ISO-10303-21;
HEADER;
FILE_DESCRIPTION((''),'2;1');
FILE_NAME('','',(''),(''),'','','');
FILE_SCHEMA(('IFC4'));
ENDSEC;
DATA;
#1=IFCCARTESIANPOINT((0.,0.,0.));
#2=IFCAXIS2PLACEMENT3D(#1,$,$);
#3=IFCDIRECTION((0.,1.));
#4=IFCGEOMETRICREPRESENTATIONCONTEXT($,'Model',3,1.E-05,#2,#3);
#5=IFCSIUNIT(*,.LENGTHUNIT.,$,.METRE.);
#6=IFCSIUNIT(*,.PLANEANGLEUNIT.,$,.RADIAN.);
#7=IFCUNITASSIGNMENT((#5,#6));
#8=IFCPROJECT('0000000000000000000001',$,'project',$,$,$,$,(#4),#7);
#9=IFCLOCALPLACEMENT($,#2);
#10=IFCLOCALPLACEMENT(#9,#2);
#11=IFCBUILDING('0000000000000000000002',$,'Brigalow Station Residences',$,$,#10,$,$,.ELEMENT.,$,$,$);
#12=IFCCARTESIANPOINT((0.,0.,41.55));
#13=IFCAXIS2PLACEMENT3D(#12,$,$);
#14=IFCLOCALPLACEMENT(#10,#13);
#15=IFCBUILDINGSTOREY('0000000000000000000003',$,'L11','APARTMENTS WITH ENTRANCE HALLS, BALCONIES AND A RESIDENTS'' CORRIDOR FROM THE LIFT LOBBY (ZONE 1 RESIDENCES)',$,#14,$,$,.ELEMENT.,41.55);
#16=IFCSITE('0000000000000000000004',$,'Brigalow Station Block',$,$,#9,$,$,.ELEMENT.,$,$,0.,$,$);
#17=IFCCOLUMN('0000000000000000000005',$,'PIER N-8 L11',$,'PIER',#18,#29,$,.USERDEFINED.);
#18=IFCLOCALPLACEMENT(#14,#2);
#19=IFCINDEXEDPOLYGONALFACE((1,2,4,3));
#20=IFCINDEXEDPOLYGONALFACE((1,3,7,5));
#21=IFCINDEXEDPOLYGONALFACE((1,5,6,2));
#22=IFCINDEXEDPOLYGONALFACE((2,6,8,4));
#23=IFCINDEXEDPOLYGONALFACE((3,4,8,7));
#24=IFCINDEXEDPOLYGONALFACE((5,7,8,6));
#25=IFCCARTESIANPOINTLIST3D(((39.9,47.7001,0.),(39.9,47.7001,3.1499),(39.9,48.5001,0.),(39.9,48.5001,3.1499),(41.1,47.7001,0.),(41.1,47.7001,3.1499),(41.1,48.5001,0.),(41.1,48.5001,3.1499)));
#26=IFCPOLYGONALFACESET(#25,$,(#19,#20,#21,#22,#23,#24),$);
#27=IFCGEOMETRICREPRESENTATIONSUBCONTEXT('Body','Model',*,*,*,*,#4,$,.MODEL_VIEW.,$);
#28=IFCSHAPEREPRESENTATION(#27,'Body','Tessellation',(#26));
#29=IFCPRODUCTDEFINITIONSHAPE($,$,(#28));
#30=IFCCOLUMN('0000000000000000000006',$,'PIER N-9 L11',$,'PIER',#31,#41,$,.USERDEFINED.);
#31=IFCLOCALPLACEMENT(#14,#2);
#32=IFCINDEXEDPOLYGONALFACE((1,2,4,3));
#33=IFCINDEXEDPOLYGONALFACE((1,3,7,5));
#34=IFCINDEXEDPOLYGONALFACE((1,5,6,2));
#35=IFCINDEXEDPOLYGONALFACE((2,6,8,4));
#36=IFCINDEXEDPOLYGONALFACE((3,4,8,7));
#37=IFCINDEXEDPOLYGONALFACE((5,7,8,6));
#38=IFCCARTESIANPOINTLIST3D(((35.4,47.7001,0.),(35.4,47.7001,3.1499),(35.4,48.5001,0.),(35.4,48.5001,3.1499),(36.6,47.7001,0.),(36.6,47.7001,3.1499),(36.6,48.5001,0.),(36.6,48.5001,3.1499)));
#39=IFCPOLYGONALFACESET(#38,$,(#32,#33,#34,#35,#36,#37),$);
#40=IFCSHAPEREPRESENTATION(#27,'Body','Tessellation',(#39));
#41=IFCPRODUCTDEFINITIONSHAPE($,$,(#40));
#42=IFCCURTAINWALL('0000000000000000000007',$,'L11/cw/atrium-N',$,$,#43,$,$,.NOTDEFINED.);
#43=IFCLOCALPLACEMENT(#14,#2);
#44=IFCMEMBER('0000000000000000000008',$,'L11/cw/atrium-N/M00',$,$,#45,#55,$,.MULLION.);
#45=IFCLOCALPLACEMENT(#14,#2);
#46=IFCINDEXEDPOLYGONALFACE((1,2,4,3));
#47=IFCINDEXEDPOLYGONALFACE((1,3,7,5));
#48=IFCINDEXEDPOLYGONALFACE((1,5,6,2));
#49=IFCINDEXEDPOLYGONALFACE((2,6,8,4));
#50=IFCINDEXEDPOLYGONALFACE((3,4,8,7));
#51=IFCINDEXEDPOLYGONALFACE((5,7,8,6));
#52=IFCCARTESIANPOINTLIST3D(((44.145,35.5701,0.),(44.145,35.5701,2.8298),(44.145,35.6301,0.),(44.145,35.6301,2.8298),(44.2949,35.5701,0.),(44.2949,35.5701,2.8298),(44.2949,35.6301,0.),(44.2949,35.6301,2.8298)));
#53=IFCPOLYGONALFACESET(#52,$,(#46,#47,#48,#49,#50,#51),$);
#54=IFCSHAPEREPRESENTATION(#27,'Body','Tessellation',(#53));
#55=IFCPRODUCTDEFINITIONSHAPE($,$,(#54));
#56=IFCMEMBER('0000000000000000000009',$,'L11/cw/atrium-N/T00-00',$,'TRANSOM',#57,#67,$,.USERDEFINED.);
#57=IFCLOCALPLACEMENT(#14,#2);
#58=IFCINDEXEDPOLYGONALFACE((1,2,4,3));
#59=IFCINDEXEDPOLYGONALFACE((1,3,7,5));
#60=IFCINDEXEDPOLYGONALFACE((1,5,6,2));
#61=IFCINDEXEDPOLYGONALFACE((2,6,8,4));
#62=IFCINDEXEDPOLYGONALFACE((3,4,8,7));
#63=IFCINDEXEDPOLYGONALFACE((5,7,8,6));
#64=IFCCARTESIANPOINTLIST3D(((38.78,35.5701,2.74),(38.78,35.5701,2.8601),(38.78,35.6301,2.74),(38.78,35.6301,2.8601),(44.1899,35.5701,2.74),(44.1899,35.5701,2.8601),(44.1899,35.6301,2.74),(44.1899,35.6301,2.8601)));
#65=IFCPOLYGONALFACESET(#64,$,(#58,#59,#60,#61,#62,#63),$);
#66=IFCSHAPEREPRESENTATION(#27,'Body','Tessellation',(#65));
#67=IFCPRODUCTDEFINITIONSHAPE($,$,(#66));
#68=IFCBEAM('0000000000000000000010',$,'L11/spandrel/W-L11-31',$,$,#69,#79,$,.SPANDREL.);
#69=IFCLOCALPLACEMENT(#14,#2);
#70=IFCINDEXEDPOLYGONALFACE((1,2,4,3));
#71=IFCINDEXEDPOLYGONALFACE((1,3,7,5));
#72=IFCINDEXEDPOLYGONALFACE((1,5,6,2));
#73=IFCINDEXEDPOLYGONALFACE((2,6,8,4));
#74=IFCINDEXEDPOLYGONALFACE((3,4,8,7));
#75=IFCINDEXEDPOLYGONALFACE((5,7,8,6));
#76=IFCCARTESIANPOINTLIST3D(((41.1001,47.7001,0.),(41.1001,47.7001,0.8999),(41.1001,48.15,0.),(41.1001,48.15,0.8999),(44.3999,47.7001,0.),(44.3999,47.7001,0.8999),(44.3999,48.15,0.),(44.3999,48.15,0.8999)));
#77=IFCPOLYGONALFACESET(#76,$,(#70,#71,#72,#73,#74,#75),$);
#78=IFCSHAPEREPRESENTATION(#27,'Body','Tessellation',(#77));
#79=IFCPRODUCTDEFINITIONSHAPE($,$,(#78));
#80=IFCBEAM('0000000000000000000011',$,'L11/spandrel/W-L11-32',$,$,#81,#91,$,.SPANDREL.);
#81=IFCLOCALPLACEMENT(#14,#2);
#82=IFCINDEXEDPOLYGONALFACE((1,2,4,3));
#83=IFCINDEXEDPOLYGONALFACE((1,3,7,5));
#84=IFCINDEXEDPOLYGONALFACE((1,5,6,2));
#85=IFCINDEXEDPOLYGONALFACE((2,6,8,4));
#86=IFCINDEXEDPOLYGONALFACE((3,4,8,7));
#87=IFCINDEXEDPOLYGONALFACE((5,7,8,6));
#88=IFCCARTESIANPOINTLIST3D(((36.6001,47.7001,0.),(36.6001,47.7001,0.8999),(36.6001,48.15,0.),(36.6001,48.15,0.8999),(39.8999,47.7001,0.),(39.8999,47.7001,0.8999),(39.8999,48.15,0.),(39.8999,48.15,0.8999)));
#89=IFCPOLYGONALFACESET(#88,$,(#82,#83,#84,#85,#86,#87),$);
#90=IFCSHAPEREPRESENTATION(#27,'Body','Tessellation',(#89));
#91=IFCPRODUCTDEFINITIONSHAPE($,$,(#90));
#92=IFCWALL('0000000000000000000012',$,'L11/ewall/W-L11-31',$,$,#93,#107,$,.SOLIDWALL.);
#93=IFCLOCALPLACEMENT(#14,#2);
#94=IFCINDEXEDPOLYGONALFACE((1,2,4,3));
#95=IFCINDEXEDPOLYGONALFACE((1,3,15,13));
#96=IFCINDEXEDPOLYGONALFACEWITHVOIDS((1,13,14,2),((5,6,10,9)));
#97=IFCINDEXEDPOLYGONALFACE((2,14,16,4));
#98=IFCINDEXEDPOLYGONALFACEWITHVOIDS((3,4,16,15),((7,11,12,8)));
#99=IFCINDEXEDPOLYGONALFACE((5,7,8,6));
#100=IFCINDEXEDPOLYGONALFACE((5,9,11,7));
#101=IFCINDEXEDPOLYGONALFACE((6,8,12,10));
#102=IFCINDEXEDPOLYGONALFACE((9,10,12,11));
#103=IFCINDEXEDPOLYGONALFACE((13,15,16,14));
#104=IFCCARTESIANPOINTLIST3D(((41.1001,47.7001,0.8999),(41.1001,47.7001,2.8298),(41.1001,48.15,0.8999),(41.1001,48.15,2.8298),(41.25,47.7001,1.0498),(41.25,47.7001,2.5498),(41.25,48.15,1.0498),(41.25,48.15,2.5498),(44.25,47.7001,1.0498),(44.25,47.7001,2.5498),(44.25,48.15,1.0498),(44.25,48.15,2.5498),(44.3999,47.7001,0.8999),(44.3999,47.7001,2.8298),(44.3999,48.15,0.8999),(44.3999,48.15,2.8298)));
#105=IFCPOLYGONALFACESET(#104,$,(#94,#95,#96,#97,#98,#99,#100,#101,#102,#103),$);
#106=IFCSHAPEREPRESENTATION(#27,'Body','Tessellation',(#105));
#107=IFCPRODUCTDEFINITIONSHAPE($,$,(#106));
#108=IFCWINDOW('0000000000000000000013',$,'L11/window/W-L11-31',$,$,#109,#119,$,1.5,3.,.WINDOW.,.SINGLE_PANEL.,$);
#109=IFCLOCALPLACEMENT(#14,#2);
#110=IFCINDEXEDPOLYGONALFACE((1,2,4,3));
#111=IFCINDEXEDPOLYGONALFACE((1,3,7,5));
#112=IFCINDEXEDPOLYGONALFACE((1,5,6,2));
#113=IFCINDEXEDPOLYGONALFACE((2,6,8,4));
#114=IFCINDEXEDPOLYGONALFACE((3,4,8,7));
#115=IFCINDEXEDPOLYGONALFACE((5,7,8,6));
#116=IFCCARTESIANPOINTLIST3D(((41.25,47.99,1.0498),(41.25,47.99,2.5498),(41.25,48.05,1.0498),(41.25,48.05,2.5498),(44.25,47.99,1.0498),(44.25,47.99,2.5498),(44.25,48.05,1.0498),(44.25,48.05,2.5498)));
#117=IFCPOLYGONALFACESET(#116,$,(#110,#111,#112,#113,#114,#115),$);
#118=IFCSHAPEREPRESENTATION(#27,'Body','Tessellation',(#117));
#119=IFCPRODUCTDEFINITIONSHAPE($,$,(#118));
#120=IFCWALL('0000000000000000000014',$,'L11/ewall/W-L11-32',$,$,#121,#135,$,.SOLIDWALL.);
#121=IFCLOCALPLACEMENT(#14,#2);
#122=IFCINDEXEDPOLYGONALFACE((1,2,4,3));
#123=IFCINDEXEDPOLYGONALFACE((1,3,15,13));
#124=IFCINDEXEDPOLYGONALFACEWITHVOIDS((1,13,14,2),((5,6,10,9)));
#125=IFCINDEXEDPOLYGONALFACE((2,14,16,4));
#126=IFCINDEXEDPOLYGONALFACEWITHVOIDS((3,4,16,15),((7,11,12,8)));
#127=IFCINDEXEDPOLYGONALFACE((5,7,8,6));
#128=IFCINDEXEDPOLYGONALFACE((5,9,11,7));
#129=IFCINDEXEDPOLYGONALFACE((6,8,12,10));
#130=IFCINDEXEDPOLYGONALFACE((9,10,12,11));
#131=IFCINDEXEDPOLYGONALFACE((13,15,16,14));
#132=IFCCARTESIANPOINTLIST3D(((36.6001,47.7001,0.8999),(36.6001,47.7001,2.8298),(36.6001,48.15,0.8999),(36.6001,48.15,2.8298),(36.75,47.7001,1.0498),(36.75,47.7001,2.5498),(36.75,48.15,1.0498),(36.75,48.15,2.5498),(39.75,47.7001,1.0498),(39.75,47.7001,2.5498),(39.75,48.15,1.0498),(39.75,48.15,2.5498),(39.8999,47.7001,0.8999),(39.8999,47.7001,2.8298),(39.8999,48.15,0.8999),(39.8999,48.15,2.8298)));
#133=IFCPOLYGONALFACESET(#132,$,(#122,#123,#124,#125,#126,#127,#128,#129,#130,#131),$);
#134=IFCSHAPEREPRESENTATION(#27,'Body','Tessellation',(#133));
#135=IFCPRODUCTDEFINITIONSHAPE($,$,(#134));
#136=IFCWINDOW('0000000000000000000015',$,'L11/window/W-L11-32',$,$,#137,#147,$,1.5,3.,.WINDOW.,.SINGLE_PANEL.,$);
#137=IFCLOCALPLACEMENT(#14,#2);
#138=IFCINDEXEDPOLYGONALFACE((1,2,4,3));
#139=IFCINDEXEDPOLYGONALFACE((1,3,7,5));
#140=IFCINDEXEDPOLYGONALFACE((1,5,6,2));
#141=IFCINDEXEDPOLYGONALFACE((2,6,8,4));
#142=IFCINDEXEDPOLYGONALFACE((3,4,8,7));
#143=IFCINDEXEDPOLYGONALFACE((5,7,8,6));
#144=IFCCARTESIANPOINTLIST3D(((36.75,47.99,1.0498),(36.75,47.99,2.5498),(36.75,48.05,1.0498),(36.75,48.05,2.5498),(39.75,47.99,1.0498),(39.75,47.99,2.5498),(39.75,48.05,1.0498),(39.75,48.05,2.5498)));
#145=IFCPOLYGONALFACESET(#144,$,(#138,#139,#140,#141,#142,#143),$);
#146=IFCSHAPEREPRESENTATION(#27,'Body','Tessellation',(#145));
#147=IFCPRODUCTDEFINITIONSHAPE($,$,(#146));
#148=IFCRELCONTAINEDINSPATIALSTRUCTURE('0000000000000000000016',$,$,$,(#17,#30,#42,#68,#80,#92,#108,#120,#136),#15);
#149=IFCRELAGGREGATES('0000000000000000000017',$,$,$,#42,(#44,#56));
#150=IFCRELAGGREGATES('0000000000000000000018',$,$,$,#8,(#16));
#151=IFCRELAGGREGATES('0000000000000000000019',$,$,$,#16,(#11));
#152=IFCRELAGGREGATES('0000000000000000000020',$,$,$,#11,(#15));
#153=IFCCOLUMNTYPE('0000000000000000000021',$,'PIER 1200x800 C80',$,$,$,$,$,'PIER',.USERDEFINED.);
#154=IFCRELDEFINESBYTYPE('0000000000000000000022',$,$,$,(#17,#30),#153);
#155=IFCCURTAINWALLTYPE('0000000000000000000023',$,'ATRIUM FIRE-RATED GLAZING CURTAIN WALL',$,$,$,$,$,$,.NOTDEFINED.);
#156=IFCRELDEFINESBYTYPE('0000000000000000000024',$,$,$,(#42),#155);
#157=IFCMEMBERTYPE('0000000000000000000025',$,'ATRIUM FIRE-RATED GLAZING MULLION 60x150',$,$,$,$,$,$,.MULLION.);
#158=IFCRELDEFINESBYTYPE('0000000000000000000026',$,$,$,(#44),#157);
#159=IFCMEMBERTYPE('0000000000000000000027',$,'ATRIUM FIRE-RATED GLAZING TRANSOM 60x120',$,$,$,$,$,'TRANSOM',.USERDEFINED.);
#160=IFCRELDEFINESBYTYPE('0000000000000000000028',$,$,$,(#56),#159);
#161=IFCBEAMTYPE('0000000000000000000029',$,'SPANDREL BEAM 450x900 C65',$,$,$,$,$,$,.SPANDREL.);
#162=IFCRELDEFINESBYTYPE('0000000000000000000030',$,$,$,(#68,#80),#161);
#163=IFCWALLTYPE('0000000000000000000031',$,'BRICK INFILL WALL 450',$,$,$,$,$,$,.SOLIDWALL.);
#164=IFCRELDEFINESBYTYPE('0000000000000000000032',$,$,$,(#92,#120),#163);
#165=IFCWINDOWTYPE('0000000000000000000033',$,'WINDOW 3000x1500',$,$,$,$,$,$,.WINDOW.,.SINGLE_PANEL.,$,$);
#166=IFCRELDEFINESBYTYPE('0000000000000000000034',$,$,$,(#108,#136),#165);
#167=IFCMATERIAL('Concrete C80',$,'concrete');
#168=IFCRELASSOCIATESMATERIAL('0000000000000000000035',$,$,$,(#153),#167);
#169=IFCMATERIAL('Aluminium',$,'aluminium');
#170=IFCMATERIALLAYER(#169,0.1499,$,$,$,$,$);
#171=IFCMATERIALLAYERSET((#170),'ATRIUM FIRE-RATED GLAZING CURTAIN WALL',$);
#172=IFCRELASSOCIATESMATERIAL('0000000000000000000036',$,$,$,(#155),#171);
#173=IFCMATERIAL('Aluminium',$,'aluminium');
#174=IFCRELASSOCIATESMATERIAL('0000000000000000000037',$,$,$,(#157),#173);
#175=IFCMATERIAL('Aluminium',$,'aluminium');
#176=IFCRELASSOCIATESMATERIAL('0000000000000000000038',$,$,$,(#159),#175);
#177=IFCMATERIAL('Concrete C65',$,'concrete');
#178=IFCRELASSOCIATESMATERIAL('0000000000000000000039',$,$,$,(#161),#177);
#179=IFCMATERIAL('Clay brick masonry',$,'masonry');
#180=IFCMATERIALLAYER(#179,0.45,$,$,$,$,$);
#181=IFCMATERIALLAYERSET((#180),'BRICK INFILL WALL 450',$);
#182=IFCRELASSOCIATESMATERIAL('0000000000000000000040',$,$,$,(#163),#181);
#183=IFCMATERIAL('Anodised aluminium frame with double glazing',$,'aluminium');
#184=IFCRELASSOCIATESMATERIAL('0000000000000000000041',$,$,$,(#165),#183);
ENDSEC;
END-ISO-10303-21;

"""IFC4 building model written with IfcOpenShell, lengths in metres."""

from ifc_helpers import new_model, si_unit, direction, frame, frame_2d, origin, origin_2d, place, context, subcontext, project, spatial, rectangle, extrude, material, layer, layer_set, material_profile, profile_set, type_object, element, fill, aggregate, save


model = new_model("IFC4")

# Units and contexts
model_context = context("Model", 3, precision=1e-05, world=origin(), true_north=direction((0.0, 1.0)))
body_context = subcontext(model_context, "Body", "Model", "MODEL_VIEW")
ifc_project = project(units=[si_unit("LENGTHUNIT", "METRE"), si_unit("PLANEANGLEUNIT", "RADIAN")], contexts=[model_context])

# Site, building, storey
site_placement = place(None, origin())
site = spatial("IfcSite", under=ifc_project, at=site_placement, Name="Brigalow Station Block", CompositionType="ELEMENT", RefElevation=0.0)
building_placement = place(site_placement, origin())
building = spatial("IfcBuilding", under=site, at=building_placement, Name="Brigalow Station Residences", CompositionType="ELEMENT")
storey_placement = place(building_placement, frame((0.0, 0.0, 41.55)))
storey = spatial("IfcBuildingStorey", under=building, at=storey_placement, Name="L11", Description="APARTMENTS WITH ENTRANCE HALLS, BALCONIES AND A RESIDENTS' CORRIDOR FROM THE LIFT LOBBY (ZONE 1 RESIDENCES)", CompositionType="ELEMENT", Elevation=41.55)

# Columns
ifc_material_1 = material(Name="Concrete C80", Category="concrete")
ifc_material_profile_1 = material_profile(ifc_material_1, rectangle(XDim=1.2, YDim=0.8, at=origin_2d()), Name="RC1200x800")
ifc_profile_set_1 = profile_set([ifc_material_profile_1], Name="Concrete C80")
column_type = type_object("IfcColumnType", Name="PIER 1200x800 C80", ElementType="PIER", PredefinedType="USERDEFINED", material=ifc_profile_set_1)
for number, where, z_axis, x_axis, name in (
    (1, (40.5, 48.1001, 0.0), (0.0, 0.0, 1.0), (-1.0, 0.0, 0.0), "PIER N-8 L11"),
    (2, (36.0, 48.1001, 0.0), (0.0, 0.0, 1.0), (-1.0, 0.0, 0.0), "PIER N-9 L11"),
):
    element("IfcColumn", number, at=place(storey_placement, frame(where, z_axis=z_axis, x_axis=x_axis)), inside=storey, type_object=column_type, Name=name, ObjectType="PIER", PredefinedType="USERDEFINED", context=body_context, shape_type="SweptSolid", body=[
        extrude(rectangle(XDim=1.2, YDim=0.8, at=origin_2d()), origin(), (0.0, 0.0, 1.0), 3.1499),
    ])

# Curtain wall, members
ifc_material_2 = material(Name="Aluminium", Category="aluminium")
ifc_layer_1 = layer(ifc_material_2, 0.1499)
ifc_layer_set_1 = layer_set([ifc_layer_1], Name="ATRIUM FIRE-RATED GLAZING CURTAIN WALL")
curtain_wall_type = type_object("IfcCurtainWallType", Name="ATRIUM FIRE-RATED GLAZING CURTAIN WALL", PredefinedType="NOTDEFINED", material=ifc_layer_set_1)
curtain_wall_placement = place(storey_placement, origin())
curtain_wall = element("IfcCurtainWall", 3, at=curtain_wall_placement, inside=storey, type_object=curtain_wall_type, Name="L11/cw/atrium-N", PredefinedType="NOTDEFINED")
ifc_material_3 = material(Name="Aluminium", Category="aluminium")
ifc_material_profile_2 = material_profile(ifc_material_3, rectangle(XDim=0.0601, YDim=0.1499, at=origin_2d()), Name="ATRIUM FIRE-RATED GLAZING MULLION 60x150")
ifc_profile_set_2 = profile_set([ifc_material_profile_2], Name="Aluminium")
member_type_1 = type_object("IfcMemberType", Name="ATRIUM FIRE-RATED GLAZING MULLION 60x150", PredefinedType="MULLION", material=ifc_profile_set_2)
member_1_placement = place(storey_placement, frame((44.22, 35.6001, 0.0), z_axis=(0.0, 0.0, 1.0), x_axis=(0.0, -1.0, 0.0)))
member_1 = element("IfcMember", 4, at=member_1_placement, type_object=member_type_1, Name="L11/cw/atrium-N/M00", PredefinedType="MULLION", context=body_context, shape_type="SweptSolid", body=[
    extrude(rectangle(XDim=0.0601, YDim=0.1499, at=origin_2d()), origin(), (0.0, 0.0, 1.0), 2.8298),
])
ifc_material_4 = material(Name="Aluminium", Category="aluminium")
ifc_material_profile_3 = material_profile(ifc_material_4, rectangle(XDim=0.0601, YDim=0.1201, at=origin_2d()), Name="ATRIUM FIRE-RATED GLAZING TRANSOM 60x120")
ifc_profile_set_3 = profile_set([ifc_material_profile_3], Name="Aluminium")
member_type_2 = type_object("IfcMemberType", Name="ATRIUM FIRE-RATED GLAZING TRANSOM 60x120", ElementType="TRANSOM", PredefinedType="USERDEFINED", material=ifc_profile_set_3)
member_2_placement = place(storey_placement, frame((44.1899, 35.6001, 2.8), z_axis=(-1.0, 0.0, 0.0), x_axis=(0.0, -1.0, 0.0)))
member_2 = element("IfcMember", 5, at=member_2_placement, type_object=member_type_2, Name="L11/cw/atrium-N/T00-00", ObjectType="TRANSOM", PredefinedType="USERDEFINED", context=body_context, shape_type="SweptSolid", body=[
    extrude(rectangle(XDim=0.0601, YDim=0.1201, at=origin_2d()), origin(), (0.0, 0.0, 1.0), 5.4099),
])
aggregate(curtain_wall, [member_1, member_2])

# Beams
ifc_material_5 = material(Name="Concrete C65", Category="concrete")
ifc_material_profile_4 = material_profile(ifc_material_5, rectangle(XDim=0.45, YDim=0.8999, at=origin_2d()), Name="RC450x900")
ifc_profile_set_4 = profile_set([ifc_material_profile_4], Name="Concrete C65")
beam_type = type_object("IfcBeamType", Name="SPANDREL BEAM 450x900 C65", PredefinedType="SPANDREL", material=ifc_profile_set_4)
for number, where, z_axis, x_axis, name in (
    (6, (44.3999, 47.925, 0.45), (-1.0, 0.0, 0.0), (0.0, -1.0, 0.0), "L11/spandrel/W-L11-31"),
    (7, (39.8999, 47.925, 0.45), (-1.0, 0.0, 0.0), (0.0, -1.0, 0.0), "L11/spandrel/W-L11-32"),
):
    element("IfcBeam", number, at=place(storey_placement, frame(where, z_axis=z_axis, x_axis=x_axis)), inside=storey, type_object=beam_type, Name=name, PredefinedType="SPANDREL", context=body_context, shape_type="SweptSolid", body=[
        extrude(rectangle(XDim=0.45, YDim=0.8999, at=origin_2d()), origin(), (0.0, 0.0, 1.0), 3.2998),
    ])

# Walls, openings, windows
ifc_material_6 = material(Name="Clay brick masonry", Category="masonry")
ifc_layer_2 = layer(ifc_material_6, 0.45)
ifc_layer_set_2 = layer_set([ifc_layer_2], Name="BRICK INFILL WALL 450")
wall_type_1 = type_object("IfcWallType", Name="BRICK INFILL WALL 450", PredefinedType="SOLIDWALL", material=ifc_layer_set_2)
wall_1_placement = place(storey_placement, frame((44.3999, 47.925, 0.8999), z_axis=(0.0, 0.0, 1.0), x_axis=(-1.0, 0.0, 0.0)))
wall_1 = element("IfcWall", 8, at=wall_1_placement, inside=storey, type_object=wall_type_1, Name="L11/ewall/W-L11-31", PredefinedType="SOLIDWALL", context=body_context, shape_type="SweptSolid", body=[
    extrude(rectangle(XDim=3.2998, YDim=0.45, at=frame_2d((1.6499, 0.0))), origin(), (0.0, 0.0, 1.0), 1.9299),
])
opening_1_placement = place(wall_1_placement, frame((0.1499, 0.0, 0.1499)))
opening_1 = element("IfcOpeningElement", 9, at=opening_1_placement, cuts=wall_1, PredefinedType="OPENING", context=body_context, shape_type="SweptSolid", body=[
    extrude(rectangle(XDim=3.0, YDim=1.5, at=frame_2d((1.5, 0.75))), frame((0.0, 0.2349, 0.0), z_axis=(0.0, -1.0, 0.0), x_axis=(1.0, 0.0, 0.0)), (0.0, 0.0, 1.0), 0.47),
])
ifc_material_7 = material(Name="Anodised aluminium frame with double glazing", Category="aluminium")
window_type = type_object("IfcWindowType", Name="WINDOW 3000x1500", PartitioningType="SINGLE_PANEL", PredefinedType="WINDOW", material=ifc_material_7)
window_1_placement = place(opening_1_placement, origin())
window_1 = element("IfcWindow", 10, at=window_1_placement, inside=storey, type_object=window_type, Name="L11/window/W-L11-31", OverallHeight=1.5, OverallWidth=3.0, PartitioningType="SINGLE_PANEL", PredefinedType="WINDOW", context=body_context, shape_type="SweptSolid", body=[
    extrude(rectangle(XDim=3.0, YDim=1.5, at=frame_2d((1.5, 0.75))), frame((0.0, -0.0649, 0.0), z_axis=(0.0, -1.0, 0.0), x_axis=(1.0, 0.0, 0.0)), (0.0, 0.0, 1.0), 0.0601),
])
fill(opening_1, window_1)
wall_2_placement = place(storey_placement, frame((39.8999, 47.925, 0.8999), z_axis=(0.0, 0.0, 1.0), x_axis=(-1.0, 0.0, 0.0)))
wall_2 = element("IfcWall", 11, at=wall_2_placement, inside=storey, type_object=wall_type_1, Name="L11/ewall/W-L11-32", PredefinedType="SOLIDWALL", context=body_context, shape_type="SweptSolid", body=[
    extrude(rectangle(XDim=3.2998, YDim=0.45, at=frame_2d((1.6499, 0.0))), origin(), (0.0, 0.0, 1.0), 1.9299),
])
opening_2_placement = place(wall_2_placement, frame((0.1499, 0.0, 0.1499)))
opening_2 = element("IfcOpeningElement", 12, at=opening_2_placement, cuts=wall_2, PredefinedType="OPENING", context=body_context, shape_type="SweptSolid", body=[
    extrude(rectangle(XDim=3.0, YDim=1.5, at=frame_2d((1.5, 0.75))), frame((0.0, 0.2349, 0.0), z_axis=(0.0, -1.0, 0.0), x_axis=(1.0, 0.0, 0.0)), (0.0, 0.0, 1.0), 0.47),
])
window_2_placement = place(opening_2_placement, origin())
window_2 = element("IfcWindow", 13, at=window_2_placement, inside=storey, type_object=window_type, Name="L11/window/W-L11-32", OverallHeight=1.5, OverallWidth=3.0, PartitioningType="SINGLE_PANEL", PredefinedType="WINDOW", context=body_context, shape_type="SweptSolid", body=[
    extrude(rectangle(XDim=3.0, YDim=1.5, at=frame_2d((1.5, 0.75))), frame((0.0, -0.0649, 0.0), z_axis=(0.0, -1.0, 0.0), x_axis=(1.0, 0.0, 0.0)), (0.0, 0.0, 1.0), 0.0601),
])
fill(opening_2, window_2)

save(model, "model.ifc")
